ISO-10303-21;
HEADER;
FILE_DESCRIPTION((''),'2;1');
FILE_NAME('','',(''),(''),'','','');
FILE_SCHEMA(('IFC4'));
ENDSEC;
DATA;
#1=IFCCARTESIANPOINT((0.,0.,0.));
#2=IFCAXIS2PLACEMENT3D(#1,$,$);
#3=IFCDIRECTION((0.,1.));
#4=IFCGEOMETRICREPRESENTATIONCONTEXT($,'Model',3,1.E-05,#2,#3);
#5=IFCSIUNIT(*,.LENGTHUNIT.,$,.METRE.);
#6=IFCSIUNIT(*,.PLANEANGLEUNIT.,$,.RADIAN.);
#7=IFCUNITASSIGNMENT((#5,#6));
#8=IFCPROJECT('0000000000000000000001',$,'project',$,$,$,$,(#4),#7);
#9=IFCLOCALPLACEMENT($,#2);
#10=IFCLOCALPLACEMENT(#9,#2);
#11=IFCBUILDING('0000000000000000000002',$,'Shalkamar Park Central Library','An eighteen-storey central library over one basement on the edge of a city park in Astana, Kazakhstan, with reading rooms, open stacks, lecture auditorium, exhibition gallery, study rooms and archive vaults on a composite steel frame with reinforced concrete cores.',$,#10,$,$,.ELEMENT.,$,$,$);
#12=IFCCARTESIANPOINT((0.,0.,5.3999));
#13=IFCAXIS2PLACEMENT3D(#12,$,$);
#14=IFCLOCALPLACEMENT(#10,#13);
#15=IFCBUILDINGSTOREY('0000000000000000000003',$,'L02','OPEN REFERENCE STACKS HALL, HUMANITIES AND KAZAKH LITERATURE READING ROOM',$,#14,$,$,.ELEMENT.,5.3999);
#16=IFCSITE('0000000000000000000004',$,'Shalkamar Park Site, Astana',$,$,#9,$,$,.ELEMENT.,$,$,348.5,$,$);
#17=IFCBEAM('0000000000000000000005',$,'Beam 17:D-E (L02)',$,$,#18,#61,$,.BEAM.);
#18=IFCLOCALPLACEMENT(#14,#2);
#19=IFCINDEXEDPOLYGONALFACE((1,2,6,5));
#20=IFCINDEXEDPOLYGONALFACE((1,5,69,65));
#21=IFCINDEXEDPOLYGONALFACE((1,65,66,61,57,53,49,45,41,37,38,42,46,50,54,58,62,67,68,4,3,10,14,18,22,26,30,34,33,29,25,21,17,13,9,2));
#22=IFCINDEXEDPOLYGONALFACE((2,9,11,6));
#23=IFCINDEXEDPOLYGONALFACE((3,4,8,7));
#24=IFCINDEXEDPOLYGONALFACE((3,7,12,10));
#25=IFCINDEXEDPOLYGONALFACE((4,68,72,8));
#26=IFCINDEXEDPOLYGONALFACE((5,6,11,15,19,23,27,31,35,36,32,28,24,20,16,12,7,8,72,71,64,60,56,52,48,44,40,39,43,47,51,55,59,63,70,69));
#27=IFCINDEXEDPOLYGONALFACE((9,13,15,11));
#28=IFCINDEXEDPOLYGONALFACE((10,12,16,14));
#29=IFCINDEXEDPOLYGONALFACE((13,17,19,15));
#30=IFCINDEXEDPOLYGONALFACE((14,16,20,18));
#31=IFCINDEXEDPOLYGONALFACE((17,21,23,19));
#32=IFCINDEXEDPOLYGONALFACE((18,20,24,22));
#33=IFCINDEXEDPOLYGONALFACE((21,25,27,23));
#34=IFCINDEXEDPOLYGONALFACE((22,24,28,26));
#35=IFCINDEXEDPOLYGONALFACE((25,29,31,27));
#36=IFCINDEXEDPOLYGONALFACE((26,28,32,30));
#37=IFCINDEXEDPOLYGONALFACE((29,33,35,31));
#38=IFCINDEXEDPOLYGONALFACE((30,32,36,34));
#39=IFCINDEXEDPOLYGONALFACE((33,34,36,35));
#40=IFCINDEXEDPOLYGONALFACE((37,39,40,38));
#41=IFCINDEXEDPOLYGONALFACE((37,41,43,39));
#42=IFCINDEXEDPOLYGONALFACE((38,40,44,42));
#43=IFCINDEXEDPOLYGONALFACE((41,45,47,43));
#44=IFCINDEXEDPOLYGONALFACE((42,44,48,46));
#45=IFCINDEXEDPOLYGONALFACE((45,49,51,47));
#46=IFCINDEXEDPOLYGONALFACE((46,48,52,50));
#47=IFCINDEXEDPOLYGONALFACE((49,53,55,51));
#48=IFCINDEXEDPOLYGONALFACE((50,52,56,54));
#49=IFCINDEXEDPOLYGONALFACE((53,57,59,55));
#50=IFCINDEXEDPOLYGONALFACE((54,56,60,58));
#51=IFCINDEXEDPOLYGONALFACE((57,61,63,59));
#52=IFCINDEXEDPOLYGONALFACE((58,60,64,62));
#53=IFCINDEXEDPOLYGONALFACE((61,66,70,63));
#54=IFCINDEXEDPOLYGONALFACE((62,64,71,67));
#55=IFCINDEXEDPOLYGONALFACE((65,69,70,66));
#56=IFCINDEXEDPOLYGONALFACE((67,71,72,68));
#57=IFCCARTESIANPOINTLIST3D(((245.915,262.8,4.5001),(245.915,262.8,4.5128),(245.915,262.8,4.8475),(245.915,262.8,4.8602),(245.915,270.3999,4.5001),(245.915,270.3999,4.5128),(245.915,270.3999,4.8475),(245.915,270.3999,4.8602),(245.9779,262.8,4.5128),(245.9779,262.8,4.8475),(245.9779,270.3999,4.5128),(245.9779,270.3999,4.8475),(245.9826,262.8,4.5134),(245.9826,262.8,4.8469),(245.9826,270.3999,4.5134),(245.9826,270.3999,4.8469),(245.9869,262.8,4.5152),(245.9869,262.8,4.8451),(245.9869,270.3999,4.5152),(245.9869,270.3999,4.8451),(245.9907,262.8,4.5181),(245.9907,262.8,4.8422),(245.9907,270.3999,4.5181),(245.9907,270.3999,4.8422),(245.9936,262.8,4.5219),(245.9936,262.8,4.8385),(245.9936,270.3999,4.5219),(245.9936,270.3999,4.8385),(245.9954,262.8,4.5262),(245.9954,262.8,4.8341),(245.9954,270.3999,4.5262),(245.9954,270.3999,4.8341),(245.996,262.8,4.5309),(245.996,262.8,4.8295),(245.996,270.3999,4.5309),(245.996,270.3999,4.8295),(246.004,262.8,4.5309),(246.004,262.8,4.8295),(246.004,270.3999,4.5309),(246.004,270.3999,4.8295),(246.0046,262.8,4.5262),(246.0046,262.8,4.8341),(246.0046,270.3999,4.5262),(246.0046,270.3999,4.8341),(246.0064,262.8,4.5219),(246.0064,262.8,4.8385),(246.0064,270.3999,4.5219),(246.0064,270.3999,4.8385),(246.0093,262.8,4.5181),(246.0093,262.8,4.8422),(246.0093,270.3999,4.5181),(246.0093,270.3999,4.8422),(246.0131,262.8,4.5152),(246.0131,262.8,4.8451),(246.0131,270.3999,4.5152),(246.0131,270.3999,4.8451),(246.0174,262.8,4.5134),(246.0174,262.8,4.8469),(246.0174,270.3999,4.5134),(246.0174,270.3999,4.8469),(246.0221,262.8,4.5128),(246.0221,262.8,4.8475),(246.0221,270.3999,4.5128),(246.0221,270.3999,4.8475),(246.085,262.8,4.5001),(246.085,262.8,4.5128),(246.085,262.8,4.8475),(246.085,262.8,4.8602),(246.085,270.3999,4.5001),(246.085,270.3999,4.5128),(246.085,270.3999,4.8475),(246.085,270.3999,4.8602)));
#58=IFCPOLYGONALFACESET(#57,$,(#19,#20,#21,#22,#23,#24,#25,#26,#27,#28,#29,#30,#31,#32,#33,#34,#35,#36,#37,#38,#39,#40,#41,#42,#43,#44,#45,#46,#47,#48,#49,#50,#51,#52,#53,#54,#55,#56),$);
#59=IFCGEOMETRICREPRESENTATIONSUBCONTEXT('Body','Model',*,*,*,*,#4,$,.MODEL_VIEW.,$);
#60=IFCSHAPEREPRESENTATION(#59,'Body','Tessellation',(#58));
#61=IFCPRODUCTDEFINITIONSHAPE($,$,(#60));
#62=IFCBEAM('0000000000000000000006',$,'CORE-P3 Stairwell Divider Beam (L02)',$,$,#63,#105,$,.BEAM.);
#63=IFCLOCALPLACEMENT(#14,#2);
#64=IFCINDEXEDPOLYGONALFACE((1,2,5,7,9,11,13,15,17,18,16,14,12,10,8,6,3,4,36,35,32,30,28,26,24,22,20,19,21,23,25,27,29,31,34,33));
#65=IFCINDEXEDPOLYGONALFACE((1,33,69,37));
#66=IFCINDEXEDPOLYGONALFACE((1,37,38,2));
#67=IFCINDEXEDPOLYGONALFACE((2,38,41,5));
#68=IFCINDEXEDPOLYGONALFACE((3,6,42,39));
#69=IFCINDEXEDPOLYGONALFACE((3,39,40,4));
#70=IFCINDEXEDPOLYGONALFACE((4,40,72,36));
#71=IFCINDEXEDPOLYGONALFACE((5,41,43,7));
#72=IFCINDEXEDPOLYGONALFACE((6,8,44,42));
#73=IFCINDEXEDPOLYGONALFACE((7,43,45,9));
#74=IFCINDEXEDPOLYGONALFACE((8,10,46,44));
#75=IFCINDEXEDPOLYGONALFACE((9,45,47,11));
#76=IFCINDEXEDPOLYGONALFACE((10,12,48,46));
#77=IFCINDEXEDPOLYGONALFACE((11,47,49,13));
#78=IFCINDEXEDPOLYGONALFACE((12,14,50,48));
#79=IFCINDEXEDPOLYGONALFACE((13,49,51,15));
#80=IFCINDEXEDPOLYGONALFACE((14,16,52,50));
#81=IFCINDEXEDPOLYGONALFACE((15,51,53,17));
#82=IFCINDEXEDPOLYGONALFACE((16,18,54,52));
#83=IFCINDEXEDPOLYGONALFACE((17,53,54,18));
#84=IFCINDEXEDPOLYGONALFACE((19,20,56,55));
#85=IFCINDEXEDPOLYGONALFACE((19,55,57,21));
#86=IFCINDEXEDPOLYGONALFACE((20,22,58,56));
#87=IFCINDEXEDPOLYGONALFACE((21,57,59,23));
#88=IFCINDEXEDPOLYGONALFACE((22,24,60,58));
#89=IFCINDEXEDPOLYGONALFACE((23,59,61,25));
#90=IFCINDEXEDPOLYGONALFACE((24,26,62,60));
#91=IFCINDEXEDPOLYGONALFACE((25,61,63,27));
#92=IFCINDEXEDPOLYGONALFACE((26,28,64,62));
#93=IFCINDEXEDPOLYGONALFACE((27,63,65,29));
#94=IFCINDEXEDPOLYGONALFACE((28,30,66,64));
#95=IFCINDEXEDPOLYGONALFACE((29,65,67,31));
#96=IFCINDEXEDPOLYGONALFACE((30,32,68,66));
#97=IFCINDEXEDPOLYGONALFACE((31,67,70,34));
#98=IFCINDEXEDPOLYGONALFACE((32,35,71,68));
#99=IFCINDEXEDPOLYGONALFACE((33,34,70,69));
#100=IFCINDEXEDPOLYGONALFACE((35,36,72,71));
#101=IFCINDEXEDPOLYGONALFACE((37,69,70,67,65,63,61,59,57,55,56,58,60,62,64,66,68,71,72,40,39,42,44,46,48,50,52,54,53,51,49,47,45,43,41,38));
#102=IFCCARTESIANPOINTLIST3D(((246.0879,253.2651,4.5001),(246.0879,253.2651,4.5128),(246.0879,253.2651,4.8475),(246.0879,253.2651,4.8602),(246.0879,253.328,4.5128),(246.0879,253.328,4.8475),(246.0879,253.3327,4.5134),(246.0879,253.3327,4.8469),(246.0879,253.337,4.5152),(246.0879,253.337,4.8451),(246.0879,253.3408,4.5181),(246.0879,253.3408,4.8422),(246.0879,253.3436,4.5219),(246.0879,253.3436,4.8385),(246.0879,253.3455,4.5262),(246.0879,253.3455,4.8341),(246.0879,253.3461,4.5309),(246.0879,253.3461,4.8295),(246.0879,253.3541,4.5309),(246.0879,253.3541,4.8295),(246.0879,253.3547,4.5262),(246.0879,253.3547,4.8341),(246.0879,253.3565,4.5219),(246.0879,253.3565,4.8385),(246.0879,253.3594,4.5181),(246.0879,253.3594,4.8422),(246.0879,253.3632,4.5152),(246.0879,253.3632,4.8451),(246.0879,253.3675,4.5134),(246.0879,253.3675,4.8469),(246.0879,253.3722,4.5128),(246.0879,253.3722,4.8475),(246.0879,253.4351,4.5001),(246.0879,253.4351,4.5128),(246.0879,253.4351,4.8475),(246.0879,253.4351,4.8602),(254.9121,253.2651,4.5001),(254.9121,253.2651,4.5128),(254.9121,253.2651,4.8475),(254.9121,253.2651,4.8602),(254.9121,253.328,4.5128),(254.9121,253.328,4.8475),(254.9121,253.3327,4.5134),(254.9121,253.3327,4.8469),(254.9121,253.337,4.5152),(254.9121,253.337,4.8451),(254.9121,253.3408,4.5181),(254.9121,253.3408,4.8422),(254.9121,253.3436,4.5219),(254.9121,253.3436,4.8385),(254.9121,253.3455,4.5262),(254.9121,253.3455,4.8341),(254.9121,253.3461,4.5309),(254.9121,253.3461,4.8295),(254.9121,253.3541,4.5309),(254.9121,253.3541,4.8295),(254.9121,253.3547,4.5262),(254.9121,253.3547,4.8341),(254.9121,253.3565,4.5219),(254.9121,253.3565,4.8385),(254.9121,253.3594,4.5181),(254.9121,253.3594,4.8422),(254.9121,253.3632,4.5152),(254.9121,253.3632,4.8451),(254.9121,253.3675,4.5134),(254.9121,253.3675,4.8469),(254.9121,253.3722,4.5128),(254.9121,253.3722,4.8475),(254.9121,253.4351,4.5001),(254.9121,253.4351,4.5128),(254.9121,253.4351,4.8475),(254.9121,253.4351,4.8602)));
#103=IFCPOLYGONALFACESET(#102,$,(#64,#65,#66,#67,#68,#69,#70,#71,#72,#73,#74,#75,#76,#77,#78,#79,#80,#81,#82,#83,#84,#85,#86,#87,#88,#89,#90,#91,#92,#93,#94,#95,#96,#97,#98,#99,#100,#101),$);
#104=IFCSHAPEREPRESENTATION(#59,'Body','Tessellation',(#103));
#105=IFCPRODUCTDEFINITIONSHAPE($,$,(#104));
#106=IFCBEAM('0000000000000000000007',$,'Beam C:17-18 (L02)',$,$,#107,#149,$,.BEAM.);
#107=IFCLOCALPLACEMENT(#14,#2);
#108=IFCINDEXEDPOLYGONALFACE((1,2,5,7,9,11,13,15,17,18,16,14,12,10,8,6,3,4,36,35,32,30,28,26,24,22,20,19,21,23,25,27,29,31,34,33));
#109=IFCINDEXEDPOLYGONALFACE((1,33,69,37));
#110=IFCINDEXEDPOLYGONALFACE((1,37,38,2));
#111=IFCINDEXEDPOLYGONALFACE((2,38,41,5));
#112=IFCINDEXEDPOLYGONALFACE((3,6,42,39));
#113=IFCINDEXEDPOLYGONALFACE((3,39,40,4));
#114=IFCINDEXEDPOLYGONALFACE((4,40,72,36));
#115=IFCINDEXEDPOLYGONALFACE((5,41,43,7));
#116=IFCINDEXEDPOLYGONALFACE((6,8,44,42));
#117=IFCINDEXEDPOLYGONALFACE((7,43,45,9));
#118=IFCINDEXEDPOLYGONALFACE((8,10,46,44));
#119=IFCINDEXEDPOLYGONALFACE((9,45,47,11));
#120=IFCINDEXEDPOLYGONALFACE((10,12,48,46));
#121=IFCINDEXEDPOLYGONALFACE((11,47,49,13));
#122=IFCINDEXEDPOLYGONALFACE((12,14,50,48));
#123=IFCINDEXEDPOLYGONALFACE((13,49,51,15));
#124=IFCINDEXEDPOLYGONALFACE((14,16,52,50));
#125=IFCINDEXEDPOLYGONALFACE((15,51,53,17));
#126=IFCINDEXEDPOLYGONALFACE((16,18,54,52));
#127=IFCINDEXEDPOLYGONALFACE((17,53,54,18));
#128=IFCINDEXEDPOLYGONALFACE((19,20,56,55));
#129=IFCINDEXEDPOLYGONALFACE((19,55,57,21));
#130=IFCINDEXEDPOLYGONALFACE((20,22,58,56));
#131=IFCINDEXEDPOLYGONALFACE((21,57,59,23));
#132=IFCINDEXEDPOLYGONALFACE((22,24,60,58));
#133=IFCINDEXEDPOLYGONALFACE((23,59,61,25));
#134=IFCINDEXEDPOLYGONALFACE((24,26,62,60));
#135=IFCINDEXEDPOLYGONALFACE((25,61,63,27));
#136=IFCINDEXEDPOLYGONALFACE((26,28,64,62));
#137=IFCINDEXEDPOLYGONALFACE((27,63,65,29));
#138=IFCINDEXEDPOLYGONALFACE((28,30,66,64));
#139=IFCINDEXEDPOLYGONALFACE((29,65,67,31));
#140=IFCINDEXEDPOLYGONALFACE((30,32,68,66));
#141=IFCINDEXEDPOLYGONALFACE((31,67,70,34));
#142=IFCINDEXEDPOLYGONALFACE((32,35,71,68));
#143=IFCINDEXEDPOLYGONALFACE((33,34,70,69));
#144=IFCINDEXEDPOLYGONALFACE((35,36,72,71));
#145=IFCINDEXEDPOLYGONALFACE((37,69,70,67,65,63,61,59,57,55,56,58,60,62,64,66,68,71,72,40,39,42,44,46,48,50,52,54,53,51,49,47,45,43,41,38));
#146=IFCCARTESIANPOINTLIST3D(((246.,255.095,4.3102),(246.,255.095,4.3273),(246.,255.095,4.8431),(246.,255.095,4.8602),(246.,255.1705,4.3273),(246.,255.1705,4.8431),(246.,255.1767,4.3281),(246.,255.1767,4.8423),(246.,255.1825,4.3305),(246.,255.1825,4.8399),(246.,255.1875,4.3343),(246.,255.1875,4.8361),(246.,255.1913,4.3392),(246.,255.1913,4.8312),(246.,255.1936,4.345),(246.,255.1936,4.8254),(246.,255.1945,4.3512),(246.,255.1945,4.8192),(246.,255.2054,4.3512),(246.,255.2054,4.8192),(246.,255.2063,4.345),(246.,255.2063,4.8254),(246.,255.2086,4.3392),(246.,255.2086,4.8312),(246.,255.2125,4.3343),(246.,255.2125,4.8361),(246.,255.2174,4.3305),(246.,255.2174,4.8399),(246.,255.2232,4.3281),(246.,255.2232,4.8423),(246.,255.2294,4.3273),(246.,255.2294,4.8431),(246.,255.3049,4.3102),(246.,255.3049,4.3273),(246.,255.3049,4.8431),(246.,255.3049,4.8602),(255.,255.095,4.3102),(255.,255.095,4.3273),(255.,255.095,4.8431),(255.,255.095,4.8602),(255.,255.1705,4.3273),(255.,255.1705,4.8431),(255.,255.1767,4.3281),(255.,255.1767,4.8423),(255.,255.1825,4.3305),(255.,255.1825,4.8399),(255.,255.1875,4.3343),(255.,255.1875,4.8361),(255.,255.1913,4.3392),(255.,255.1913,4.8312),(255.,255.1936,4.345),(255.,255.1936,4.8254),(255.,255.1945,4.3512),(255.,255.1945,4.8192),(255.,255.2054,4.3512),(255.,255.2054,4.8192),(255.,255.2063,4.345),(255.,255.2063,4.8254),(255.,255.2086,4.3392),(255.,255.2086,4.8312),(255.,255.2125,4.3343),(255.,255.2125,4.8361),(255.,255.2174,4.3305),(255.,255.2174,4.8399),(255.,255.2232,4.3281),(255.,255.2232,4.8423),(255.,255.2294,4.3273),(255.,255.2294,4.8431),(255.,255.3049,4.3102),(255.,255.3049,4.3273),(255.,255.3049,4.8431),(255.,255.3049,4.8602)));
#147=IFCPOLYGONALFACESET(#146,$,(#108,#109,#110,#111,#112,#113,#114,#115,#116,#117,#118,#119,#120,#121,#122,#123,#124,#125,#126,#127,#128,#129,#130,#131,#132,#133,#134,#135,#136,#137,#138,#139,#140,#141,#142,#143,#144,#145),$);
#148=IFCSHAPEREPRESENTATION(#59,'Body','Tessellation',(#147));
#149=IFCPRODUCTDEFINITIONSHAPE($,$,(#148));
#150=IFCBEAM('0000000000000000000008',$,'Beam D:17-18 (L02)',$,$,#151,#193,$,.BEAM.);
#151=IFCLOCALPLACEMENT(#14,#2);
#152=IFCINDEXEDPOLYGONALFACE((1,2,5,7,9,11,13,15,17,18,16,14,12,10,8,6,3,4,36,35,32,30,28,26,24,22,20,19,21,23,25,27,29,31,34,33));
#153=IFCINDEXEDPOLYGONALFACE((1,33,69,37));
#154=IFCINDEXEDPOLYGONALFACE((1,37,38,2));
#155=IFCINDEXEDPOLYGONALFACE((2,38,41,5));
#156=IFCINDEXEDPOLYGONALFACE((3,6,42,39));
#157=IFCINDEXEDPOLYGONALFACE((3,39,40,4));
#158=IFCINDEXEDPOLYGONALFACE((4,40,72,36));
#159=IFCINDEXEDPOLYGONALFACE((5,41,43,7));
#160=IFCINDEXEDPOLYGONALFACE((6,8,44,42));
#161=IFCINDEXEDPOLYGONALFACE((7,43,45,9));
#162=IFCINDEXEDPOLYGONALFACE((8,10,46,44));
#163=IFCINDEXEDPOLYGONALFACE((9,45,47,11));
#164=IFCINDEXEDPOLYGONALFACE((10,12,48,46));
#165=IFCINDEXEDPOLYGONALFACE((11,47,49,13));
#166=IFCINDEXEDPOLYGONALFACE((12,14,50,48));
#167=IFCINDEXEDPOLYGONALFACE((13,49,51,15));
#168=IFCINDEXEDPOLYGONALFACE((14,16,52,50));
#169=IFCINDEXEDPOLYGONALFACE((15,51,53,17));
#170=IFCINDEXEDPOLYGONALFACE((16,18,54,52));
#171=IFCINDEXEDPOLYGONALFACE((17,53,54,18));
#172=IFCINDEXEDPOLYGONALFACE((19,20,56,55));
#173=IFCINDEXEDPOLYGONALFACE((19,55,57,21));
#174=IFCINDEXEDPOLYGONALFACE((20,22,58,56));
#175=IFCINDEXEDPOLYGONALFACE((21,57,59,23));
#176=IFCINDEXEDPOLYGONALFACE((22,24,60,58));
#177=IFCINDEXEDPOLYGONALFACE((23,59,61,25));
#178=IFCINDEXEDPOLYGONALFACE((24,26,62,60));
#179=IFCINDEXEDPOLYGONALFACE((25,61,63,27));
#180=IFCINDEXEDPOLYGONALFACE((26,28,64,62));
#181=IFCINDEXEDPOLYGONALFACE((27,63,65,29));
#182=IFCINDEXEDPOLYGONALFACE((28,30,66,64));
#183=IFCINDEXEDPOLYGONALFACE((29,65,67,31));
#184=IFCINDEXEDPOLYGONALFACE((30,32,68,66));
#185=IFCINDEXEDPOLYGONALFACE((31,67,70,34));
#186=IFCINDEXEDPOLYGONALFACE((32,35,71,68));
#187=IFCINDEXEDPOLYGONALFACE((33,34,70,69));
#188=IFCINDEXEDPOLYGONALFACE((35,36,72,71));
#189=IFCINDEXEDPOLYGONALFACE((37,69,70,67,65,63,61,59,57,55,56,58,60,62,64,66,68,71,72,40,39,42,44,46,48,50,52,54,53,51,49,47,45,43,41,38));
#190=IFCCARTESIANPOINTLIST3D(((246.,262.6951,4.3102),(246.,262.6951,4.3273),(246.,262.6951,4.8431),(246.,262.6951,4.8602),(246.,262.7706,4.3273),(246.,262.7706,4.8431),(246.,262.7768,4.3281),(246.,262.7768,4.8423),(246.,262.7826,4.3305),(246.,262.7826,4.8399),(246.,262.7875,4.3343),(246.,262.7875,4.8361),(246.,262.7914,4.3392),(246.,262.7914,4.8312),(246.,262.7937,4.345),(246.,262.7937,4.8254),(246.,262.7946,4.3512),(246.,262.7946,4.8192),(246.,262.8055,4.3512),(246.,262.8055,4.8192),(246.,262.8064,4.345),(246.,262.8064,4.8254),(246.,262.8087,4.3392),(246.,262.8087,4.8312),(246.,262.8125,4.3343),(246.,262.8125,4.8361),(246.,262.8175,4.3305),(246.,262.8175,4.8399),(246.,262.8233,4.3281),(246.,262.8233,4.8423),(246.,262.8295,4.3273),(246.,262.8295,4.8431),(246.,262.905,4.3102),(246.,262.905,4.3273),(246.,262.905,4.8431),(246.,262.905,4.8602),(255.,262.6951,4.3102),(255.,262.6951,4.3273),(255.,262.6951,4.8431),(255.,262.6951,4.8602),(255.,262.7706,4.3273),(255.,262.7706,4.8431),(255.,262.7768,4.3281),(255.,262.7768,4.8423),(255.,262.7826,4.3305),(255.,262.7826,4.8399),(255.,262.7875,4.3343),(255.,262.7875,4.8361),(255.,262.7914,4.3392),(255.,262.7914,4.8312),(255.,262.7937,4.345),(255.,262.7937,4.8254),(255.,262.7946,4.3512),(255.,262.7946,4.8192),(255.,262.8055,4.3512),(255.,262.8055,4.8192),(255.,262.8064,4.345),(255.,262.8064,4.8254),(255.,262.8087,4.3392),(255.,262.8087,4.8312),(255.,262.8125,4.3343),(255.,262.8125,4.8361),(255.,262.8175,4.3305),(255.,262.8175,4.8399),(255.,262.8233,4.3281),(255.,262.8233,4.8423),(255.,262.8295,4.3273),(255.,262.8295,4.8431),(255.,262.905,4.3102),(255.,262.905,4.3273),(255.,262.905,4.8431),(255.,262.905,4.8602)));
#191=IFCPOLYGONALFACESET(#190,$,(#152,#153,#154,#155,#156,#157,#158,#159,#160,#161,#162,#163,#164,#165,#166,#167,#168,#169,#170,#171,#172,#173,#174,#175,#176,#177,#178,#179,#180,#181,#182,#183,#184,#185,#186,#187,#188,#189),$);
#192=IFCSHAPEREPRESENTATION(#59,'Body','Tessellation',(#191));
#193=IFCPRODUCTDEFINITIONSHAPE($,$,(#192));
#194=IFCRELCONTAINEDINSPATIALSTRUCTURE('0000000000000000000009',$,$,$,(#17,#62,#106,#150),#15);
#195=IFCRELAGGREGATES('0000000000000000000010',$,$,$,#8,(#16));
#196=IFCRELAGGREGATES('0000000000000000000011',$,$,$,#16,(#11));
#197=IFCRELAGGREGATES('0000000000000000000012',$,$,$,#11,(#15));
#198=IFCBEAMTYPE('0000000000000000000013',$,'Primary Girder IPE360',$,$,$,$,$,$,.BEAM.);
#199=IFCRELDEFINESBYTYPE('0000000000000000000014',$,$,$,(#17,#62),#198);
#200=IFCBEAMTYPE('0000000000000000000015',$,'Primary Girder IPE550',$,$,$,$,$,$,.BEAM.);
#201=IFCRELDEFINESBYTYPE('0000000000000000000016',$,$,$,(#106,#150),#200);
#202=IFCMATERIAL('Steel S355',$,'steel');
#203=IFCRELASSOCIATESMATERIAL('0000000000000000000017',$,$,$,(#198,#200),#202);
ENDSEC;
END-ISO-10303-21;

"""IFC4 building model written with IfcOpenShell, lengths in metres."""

from ifc_helpers import new_model, si_unit, direction, frame, origin, origin_2d, place, context, subcontext, project, spatial, i_section, extrude, material, material_profile, profile_set, type_object, element, save


model = new_model("IFC4")

# Units and contexts
model_context = context("Model", 3, precision=1e-05, world=origin(), true_north=direction((0.0, 1.0)))
body_context = subcontext(model_context, "Body", "Model", "MODEL_VIEW")
ifc_project = project(units=[si_unit("LENGTHUNIT", "METRE"), si_unit("PLANEANGLEUNIT", "RADIAN")], contexts=[model_context])

# Site, building, storey
site_placement = place(None, origin())
site = spatial("IfcSite", under=ifc_project, at=site_placement, Name="Shalkamar Park Site, Astana", CompositionType="ELEMENT", RefElevation=348.5)
building_placement = place(site_placement, origin())
building = spatial("IfcBuilding", under=site, at=building_placement, Name="Shalkamar Park Central Library", Description="An eighteen-storey central library over one basement on the edge of a city park in Astana, Kazakhstan, with reading rooms, open stacks, lecture auditorium, exhibition gallery, study rooms and archive vaults on a composite steel frame with reinforced concrete cores.", CompositionType="ELEMENT")
storey_placement = place(building_placement, frame((0.0, 0.0, 5.3999)))
storey = spatial("IfcBuildingStorey", under=building, at=storey_placement, Name="L02", Description="OPEN REFERENCE STACKS HALL, HUMANITIES AND KAZAKH LITERATURE READING ROOM", CompositionType="ELEMENT", Elevation=5.3999)

# Shared definitions
ifc_material_1 = material(Name="Steel S355", Category="steel")

# Beams
ifc_material_profile_1 = material_profile(ifc_material_1, i_section(OverallWidth=0.1699, OverallDepth=0.3601, WebThickness=0.0081, FlangeThickness=0.0127, FilletRadius=0.0181, at=origin_2d()), Name="IPE 360")
ifc_profile_set_1 = profile_set([ifc_material_profile_1], Name="Steel S355")
beam_type_1 = type_object("IfcBeamType", Name="Primary Girder IPE360", PredefinedType="BEAM", material=ifc_profile_set_1)
beam_1_placement = place(storey_placement, frame((246.0, 262.8, 4.6802), z_axis=(0.0, 1.0, 0.0), x_axis=(-1.0, 0.0, 0.0)))
element("IfcBeam", 1, at=beam_1_placement, inside=storey, type_object=beam_type_1, Name="Beam 17:D-E (L02)", PredefinedType="BEAM", context=body_context, shape_type="SweptSolid", body=[
    extrude(i_section(OverallWidth=0.1699, OverallDepth=0.3601, WebThickness=0.0081, FlangeThickness=0.0127, FilletRadius=0.0181, at=origin_2d()), origin(), (0.0, 0.0, 1.0), 7.5999),
])
beam_2_placement = place(storey_placement, frame((246.0879, 253.3501, 4.6802), z_axis=(1.0, 0.0, 0.0), x_axis=(0.0, 1.0, 0.0)))
element("IfcBeam", 2, at=beam_2_placement, inside=storey, type_object=beam_type_1, Name="CORE-P3 Stairwell Divider Beam (L02)", PredefinedType="BEAM", context=body_context, shape_type="SweptSolid", body=[
    extrude(i_section(OverallWidth=0.1699, OverallDepth=0.3601, WebThickness=0.0081, FlangeThickness=0.0127, FilletRadius=0.0181, at=origin_2d()), origin(), (0.0, 0.0, 1.0), 8.8242),
])
ifc_material_profile_2 = material_profile(ifc_material_1, i_section(OverallWidth=0.21, OverallDepth=0.55, WebThickness=0.011, FlangeThickness=0.0171, FilletRadius=0.0239, at=origin_2d()), Name="IPE 550")
ifc_profile_set_2 = profile_set([ifc_material_profile_2], Name="Steel S355")
beam_type_2 = type_object("IfcBeamType", Name="Primary Girder IPE550", PredefinedType="BEAM", material=ifc_profile_set_2)
for number, where, z_axis, x_axis, name in (
    (3, (246.0, 255.2, 4.5852), (1.0, 0.0, 0.0), (0.0, 1.0, 0.0), "Beam C:17-18 (L02)"),
    (4, (246.0, 262.8, 4.5852), (1.0, 0.0, 0.0), (0.0, 1.0, 0.0), "Beam D:17-18 (L02)"),
):
    element("IfcBeam", number, at=place(storey_placement, frame(where, z_axis=z_axis, x_axis=x_axis)), inside=storey, type_object=beam_type_2, Name=name, PredefinedType="BEAM", context=body_context, shape_type="SweptSolid", body=[
        extrude(i_section(OverallWidth=0.21, OverallDepth=0.55, WebThickness=0.011, FlangeThickness=0.0171, FilletRadius=0.0239, at=origin_2d()), origin(), (0.0, 0.0, 1.0), 9.0),
    ])

save(model, "model.ifc")
